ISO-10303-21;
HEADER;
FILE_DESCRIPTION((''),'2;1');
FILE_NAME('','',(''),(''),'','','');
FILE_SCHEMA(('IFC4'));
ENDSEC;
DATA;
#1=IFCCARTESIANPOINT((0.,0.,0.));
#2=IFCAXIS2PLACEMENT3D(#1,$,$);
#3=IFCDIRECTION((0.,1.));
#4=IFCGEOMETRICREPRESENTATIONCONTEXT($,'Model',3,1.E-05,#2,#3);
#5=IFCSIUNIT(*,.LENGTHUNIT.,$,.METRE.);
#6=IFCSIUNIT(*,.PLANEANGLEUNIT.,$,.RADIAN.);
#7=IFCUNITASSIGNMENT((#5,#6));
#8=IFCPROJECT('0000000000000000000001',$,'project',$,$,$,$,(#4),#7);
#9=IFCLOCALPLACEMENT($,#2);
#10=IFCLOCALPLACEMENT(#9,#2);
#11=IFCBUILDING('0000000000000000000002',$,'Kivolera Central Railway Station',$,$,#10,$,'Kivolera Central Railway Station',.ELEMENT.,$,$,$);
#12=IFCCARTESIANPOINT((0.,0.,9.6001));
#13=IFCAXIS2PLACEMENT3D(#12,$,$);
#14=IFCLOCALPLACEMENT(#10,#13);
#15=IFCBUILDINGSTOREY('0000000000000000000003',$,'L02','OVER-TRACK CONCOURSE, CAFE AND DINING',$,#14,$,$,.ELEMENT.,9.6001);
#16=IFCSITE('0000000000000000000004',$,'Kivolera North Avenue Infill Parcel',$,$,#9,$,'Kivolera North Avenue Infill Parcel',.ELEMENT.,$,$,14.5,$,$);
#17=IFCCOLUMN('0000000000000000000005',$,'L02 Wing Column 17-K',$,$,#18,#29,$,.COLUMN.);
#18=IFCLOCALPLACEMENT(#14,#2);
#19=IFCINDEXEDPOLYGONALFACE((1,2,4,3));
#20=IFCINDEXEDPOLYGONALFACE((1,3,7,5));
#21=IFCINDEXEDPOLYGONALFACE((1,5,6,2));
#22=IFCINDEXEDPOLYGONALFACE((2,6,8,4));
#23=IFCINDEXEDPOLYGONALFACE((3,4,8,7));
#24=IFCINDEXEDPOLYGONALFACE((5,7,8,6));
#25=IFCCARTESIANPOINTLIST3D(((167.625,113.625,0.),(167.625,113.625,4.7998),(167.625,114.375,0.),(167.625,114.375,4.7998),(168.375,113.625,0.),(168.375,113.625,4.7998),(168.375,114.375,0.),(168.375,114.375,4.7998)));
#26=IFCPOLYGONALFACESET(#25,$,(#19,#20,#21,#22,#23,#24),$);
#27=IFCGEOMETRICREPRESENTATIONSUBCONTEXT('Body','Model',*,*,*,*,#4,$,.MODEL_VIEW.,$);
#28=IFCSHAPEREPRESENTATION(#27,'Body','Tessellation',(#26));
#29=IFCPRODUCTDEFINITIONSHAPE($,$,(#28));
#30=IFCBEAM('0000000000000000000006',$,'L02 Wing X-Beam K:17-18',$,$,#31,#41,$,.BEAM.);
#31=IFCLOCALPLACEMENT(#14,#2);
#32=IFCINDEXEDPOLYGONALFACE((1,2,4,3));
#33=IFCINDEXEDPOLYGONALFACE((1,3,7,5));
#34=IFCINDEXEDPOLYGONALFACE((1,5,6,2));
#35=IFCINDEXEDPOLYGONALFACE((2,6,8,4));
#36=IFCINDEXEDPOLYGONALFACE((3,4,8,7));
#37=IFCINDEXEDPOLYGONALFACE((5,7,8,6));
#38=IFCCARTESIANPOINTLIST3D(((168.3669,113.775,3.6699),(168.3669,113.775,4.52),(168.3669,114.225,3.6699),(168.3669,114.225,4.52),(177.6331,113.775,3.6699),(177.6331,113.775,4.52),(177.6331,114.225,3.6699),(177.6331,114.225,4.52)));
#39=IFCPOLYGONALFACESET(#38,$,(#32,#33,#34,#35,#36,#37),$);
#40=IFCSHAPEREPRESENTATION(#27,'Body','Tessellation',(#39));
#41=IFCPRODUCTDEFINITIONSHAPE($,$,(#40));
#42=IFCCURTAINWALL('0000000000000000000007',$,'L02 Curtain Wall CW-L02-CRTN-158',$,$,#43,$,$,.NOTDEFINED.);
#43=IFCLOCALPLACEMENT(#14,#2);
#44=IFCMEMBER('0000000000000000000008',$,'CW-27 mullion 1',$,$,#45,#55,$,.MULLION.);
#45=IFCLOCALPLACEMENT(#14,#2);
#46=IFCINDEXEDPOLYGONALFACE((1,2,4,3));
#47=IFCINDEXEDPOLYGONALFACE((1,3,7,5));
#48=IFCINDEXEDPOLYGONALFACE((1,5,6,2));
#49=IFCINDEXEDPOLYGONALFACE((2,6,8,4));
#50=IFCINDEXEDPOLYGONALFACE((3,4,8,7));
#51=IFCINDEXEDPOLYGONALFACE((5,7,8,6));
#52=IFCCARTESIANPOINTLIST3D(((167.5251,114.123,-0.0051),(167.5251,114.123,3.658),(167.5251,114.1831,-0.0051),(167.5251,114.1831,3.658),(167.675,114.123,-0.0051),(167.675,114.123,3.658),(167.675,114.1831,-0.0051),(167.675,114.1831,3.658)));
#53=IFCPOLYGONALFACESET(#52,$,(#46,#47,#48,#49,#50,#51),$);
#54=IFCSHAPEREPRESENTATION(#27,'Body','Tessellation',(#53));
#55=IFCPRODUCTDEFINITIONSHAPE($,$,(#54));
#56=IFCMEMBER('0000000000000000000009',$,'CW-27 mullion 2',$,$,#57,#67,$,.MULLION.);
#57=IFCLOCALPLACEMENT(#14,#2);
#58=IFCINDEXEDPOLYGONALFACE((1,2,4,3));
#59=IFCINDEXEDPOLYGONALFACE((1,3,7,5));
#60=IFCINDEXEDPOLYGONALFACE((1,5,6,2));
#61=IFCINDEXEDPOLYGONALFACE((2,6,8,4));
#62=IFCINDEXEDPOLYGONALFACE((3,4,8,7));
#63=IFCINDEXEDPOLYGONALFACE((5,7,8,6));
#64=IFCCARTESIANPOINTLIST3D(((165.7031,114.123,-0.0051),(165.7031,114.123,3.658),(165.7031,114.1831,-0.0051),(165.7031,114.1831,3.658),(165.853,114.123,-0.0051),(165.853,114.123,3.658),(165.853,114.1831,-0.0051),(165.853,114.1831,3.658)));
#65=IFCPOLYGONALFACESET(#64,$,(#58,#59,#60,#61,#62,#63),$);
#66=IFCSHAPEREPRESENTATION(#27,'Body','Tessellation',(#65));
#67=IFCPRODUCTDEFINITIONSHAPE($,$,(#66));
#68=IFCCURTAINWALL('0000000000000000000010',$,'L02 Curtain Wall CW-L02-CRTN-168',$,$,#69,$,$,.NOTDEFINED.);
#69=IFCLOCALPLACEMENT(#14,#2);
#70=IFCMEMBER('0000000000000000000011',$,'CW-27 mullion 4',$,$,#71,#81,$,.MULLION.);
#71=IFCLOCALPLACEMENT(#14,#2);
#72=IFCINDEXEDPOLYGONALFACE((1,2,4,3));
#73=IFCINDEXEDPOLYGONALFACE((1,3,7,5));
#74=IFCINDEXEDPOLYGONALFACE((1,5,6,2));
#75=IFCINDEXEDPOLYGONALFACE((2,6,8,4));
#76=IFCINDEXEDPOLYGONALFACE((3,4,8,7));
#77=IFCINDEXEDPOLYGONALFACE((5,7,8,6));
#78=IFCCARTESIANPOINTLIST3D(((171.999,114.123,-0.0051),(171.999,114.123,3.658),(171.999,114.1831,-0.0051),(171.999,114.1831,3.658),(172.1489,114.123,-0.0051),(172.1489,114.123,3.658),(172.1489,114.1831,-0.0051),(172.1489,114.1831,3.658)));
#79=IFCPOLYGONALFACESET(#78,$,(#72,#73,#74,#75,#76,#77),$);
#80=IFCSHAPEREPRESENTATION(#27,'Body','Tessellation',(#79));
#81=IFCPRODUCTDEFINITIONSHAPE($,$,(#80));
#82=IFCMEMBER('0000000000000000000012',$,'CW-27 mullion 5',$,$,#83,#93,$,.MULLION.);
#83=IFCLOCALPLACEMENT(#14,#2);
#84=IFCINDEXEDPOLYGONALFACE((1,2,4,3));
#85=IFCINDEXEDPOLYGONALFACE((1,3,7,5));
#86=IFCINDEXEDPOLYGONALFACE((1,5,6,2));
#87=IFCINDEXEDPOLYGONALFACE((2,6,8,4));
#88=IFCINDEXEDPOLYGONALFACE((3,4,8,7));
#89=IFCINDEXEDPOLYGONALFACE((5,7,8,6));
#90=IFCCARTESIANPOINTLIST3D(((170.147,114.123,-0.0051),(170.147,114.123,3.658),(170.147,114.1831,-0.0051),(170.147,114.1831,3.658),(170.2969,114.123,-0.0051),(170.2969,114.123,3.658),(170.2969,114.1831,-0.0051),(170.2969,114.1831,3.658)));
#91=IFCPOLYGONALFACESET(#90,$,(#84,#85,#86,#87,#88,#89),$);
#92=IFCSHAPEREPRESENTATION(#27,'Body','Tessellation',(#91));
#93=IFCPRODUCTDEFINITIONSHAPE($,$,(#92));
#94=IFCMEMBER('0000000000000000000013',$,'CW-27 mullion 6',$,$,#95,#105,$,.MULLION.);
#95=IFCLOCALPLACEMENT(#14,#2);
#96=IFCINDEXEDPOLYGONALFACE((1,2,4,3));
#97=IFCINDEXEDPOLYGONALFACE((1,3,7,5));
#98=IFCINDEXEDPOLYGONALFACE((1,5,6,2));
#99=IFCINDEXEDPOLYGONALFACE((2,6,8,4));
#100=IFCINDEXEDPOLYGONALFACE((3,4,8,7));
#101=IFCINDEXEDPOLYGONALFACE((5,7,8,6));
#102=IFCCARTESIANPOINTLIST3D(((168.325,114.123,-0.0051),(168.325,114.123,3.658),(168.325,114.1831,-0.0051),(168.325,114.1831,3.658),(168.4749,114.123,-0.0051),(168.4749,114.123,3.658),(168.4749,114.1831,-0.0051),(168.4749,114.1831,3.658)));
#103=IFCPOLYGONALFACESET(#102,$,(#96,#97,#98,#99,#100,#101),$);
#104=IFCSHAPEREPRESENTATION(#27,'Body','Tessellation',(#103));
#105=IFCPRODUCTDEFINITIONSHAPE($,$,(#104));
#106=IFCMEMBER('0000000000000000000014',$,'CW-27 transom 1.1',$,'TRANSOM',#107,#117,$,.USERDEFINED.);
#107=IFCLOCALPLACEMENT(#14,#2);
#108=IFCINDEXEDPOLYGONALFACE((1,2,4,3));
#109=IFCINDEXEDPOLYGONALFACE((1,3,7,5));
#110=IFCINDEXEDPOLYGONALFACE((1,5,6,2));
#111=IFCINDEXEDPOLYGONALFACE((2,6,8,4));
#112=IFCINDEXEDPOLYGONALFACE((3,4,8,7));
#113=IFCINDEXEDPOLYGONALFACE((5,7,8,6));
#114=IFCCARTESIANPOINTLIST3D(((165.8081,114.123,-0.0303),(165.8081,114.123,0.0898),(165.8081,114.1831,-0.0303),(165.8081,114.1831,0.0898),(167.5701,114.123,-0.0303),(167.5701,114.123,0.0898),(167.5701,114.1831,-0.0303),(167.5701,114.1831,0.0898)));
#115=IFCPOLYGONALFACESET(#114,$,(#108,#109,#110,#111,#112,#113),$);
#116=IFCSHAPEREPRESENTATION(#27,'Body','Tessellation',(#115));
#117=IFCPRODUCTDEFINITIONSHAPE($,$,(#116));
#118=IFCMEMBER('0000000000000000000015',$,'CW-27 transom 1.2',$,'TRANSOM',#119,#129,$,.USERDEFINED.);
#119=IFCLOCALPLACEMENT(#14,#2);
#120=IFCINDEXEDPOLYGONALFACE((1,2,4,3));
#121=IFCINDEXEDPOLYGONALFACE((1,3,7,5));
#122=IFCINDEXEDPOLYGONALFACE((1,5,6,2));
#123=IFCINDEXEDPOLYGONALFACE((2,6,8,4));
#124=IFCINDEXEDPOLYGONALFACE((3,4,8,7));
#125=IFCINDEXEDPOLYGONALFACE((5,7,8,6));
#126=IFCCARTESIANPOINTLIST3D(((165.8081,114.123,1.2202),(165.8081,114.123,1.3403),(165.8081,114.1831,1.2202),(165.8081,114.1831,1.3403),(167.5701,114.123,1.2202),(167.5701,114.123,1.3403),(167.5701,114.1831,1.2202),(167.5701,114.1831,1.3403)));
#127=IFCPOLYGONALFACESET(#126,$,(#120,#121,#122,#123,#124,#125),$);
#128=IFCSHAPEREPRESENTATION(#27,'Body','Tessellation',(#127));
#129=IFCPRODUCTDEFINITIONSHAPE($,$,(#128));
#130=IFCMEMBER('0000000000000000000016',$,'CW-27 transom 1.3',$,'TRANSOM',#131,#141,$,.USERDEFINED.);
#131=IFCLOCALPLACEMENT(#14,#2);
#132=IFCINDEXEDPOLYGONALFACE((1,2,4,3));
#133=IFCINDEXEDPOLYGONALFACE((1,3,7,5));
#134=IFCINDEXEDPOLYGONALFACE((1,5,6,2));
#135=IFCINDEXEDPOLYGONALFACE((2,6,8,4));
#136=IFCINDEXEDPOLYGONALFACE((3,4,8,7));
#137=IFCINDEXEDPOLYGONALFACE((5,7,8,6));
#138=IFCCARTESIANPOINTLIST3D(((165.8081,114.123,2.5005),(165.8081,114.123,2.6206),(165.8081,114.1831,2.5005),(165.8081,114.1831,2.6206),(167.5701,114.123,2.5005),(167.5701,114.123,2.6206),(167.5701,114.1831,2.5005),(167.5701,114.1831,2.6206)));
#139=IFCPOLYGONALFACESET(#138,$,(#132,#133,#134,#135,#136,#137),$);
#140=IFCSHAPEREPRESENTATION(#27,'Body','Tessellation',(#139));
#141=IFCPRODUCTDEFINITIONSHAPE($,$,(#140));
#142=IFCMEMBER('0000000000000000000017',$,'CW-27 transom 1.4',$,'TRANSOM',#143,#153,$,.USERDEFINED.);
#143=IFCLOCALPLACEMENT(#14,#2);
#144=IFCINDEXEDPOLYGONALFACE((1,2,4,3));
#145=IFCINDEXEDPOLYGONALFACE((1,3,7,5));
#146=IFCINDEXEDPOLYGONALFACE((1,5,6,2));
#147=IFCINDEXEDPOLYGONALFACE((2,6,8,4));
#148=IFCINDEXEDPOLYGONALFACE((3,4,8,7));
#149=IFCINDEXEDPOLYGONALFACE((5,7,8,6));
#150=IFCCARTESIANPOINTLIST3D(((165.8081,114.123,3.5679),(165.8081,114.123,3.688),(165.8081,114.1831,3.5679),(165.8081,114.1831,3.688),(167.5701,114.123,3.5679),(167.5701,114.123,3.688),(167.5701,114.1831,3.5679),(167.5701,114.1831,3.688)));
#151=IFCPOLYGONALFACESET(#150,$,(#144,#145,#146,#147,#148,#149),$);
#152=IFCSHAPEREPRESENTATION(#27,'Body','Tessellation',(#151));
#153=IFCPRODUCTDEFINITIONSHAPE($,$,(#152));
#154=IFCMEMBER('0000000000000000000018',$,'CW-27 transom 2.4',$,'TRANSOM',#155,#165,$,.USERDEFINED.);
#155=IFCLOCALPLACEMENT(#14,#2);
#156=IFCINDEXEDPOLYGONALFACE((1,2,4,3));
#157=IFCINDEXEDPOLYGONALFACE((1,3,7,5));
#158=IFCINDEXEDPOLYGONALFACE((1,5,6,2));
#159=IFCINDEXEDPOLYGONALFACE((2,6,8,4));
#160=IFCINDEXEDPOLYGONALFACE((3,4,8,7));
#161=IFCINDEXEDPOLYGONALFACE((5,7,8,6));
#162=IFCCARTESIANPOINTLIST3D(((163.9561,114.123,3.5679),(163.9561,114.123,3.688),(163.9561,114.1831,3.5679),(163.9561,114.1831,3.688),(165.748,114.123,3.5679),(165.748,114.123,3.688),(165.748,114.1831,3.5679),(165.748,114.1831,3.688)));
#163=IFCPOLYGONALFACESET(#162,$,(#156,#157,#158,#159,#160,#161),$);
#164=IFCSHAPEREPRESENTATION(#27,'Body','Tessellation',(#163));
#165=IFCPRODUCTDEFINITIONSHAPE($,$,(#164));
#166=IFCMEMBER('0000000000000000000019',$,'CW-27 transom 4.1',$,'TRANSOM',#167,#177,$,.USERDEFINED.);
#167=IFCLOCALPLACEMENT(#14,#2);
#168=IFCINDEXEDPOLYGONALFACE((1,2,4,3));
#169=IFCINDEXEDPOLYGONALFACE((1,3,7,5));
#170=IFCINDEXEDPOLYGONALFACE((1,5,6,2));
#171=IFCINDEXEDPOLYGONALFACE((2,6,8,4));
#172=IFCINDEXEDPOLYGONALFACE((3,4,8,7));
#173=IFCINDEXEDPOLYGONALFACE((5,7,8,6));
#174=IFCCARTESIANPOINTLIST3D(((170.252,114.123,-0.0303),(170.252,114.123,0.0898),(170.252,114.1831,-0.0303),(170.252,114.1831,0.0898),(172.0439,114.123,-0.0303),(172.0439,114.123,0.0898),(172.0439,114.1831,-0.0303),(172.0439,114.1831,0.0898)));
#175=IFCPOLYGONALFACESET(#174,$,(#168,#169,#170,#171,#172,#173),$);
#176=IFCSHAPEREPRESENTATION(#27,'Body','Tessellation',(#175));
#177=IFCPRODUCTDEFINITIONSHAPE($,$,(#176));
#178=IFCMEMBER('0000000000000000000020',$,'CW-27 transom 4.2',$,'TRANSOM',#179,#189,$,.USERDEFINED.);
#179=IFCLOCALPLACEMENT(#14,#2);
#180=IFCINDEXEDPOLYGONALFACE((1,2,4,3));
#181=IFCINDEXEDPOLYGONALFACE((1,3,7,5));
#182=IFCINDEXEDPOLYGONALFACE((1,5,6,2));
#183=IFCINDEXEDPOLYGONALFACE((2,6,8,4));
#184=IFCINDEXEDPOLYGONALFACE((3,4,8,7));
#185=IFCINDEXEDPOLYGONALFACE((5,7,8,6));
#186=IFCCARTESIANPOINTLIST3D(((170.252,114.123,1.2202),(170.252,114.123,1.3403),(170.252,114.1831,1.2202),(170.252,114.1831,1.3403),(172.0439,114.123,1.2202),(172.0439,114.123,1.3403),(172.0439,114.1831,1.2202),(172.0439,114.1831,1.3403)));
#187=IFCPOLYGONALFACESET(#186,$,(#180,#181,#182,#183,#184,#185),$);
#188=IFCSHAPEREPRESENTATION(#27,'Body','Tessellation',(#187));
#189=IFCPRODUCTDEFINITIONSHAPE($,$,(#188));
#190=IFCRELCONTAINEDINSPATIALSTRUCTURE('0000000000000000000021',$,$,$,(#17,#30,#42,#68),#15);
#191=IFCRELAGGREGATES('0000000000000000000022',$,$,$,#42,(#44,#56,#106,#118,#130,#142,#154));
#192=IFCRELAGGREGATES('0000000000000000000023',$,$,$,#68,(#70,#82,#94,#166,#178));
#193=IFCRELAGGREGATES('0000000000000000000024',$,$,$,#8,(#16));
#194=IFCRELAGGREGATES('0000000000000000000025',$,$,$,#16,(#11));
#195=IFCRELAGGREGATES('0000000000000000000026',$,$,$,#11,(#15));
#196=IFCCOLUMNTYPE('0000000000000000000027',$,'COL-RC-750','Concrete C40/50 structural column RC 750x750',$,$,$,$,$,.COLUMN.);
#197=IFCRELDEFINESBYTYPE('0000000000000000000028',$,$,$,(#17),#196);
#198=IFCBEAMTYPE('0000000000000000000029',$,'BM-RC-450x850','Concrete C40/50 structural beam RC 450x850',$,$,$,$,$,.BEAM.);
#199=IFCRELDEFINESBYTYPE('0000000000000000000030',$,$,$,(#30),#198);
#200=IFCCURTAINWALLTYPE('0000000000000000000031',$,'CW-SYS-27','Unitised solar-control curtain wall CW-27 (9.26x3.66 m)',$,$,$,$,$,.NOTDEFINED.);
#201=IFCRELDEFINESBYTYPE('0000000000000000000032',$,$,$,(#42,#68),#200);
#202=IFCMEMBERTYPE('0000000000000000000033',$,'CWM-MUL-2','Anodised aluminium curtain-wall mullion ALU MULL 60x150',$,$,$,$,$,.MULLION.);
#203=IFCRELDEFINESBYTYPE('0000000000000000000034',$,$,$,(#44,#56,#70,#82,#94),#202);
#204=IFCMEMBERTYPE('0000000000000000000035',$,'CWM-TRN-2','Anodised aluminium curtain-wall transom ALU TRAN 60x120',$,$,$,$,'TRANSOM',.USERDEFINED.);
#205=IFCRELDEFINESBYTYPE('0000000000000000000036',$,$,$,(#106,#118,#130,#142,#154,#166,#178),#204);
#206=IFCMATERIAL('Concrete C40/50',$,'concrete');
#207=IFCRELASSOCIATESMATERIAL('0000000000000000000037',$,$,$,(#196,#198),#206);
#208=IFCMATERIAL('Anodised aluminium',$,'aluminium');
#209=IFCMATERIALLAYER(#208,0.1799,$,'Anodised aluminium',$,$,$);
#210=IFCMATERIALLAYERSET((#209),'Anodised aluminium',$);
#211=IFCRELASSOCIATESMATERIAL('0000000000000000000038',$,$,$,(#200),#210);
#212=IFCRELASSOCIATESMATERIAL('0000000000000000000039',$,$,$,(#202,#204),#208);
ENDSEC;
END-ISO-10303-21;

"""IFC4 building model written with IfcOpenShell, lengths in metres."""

from ifc_helpers import new_model, si_unit, direction, frame, origin, origin_2d, place, context, subcontext, project, spatial, rectangle, extrude, material, layer, layer_set, material_profile, profile_set, type_object, element, aggregate, save


model = new_model("IFC4")

# Units and contexts
model_context = context("Model", 3, precision=1e-05, world=origin(), true_north=direction((0.0, 1.0)))
body_context = subcontext(model_context, "Body", "Model", "MODEL_VIEW")
ifc_project = project(units=[si_unit("LENGTHUNIT", "METRE"), si_unit("PLANEANGLEUNIT", "RADIAN")], contexts=[model_context])

# Site, building, storey
site_placement = place(None, origin())
site = spatial("IfcSite", under=ifc_project, at=site_placement, Name="Kivolera North Avenue Infill Parcel", LongName="Kivolera North Avenue Infill Parcel", CompositionType="ELEMENT", RefElevation=14.5)
building_placement = place(site_placement, origin())
building = spatial("IfcBuilding", under=site, at=building_placement, Name="Kivolera Central Railway Station", LongName="Kivolera Central Railway Station", CompositionType="ELEMENT")
storey_placement = place(building_placement, frame((0.0, 0.0, 9.6001)))
storey = spatial("IfcBuildingStorey", under=building, at=storey_placement, Name="L02", Description="OVER-TRACK CONCOURSE, CAFE AND DINING", CompositionType="ELEMENT", Elevation=9.6001)

# Column
ifc_material_1 = material(Name="Concrete C40/50", Category="concrete")
ifc_material_profile_1 = material_profile(ifc_material_1, rectangle(XDim=0.75, YDim=0.75, at=origin_2d()), Name="RC 750x750")
ifc_profile_set_1 = profile_set([ifc_material_profile_1], Name="Concrete C40/50")
column_type = type_object("IfcColumnType", Name="COL-RC-750", Description="Concrete C40/50 structural column RC 750x750", PredefinedType="COLUMN", material=ifc_profile_set_1)
column_placement = place(storey_placement, frame((168.0, 114.0, 0.0), z_axis=(0.0, 0.0, 1.0), x_axis=(1.0, 0.0, 0.0)))
element("IfcColumn", 1, at=column_placement, inside=storey, type_object=column_type, Name="L02 Wing Column 17-K", PredefinedType="COLUMN", context=body_context, shape_type="SweptSolid", body=[
    extrude(rectangle(XDim=0.75, YDim=0.75, at=origin_2d()), origin(), (0.0, 0.0, 1.0), 4.7998),
])

# Beam
ifc_material_profile_2 = material_profile(ifc_material_1, rectangle(XDim=0.45, YDim=0.8501, at=origin_2d()), Name="RC 450x850")
ifc_profile_set_2 = profile_set([ifc_material_profile_2], Name="Concrete C40/50")
beam_type = type_object("IfcBeamType", Name="BM-RC-450x850", Description="Concrete C40/50 structural beam RC 450x850", PredefinedType="BEAM", material=ifc_profile_set_2)
beam_placement = place(storey_placement, frame((168.3669, 114.0, 4.095), z_axis=(1.0, 0.0, 0.0), x_axis=(0.0, 1.0, 0.0)))
element("IfcBeam", 2, at=beam_placement, inside=storey, type_object=beam_type, Name="L02 Wing X-Beam K:17-18", PredefinedType="BEAM", context=body_context, shape_type="SweptSolid", body=[
    extrude(rectangle(XDim=0.45, YDim=0.8501, at=origin_2d()), origin(), (0.0, 0.0, 1.0), 9.2661),
])

# Curtain walls, members
ifc_material_2 = material(Name="Anodised aluminium", Category="aluminium")
ifc_layer_1 = layer(ifc_material_2, 0.1799, Name="Anodised aluminium")
ifc_layer_set_1 = layer_set([ifc_layer_1], Name="Anodised aluminium")
curtain_wall_type = type_object("IfcCurtainWallType", Name="CW-SYS-27", Description="Unitised solar-control curtain wall CW-27 (9.26x3.66 m)", PredefinedType="NOTDEFINED", material=ifc_layer_set_1)
curtain_wall_1_placement = place(storey_placement, origin())
curtain_wall_1 = element("IfcCurtainWall", 3, at=curtain_wall_1_placement, inside=storey, type_object=curtain_wall_type, Name="L02 Curtain Wall CW-L02-CRTN-158", PredefinedType="NOTDEFINED")
ifc_material_profile_3 = material_profile(ifc_material_2, rectangle(XDim=0.0601, YDim=0.1499, at=origin_2d()), Name="ALU MULL 60x150")
ifc_profile_set_3 = profile_set([ifc_material_profile_3], Name="Anodised aluminium")
member_type_1 = type_object("IfcMemberType", Name="CWM-MUL-2", Description="Anodised aluminium curtain-wall mullion ALU MULL 60x150", PredefinedType="MULLION", material=ifc_profile_set_3)
member_1_placement = place(storey_placement, frame((167.6001, 114.1531, -0.0051), z_axis=(0.0, 0.0, 1.0), x_axis=(0.0, -1.0, 0.0)))
member_1 = element("IfcMember", 4, at=member_1_placement, type_object=member_type_1, Name="CW-27 mullion 1", PredefinedType="MULLION", context=body_context, shape_type="SweptSolid", body=[
    extrude(rectangle(XDim=0.0601, YDim=0.1499, at=origin_2d()), origin(), (0.0, 0.0, 1.0), 3.6631),
])
member_2_placement = place(storey_placement, frame((165.7781, 114.1531, -0.0051), z_axis=(0.0, 0.0, 1.0), x_axis=(0.0, -1.0, 0.0)))
member_2 = element("IfcMember", 5, at=member_2_placement, type_object=member_type_1, Name="CW-27 mullion 2", PredefinedType="MULLION", context=body_context, shape_type="SweptSolid", body=[
    extrude(rectangle(XDim=0.0601, YDim=0.1499, at=origin_2d()), origin(), (0.0, 0.0, 1.0), 3.6631),
])
curtain_wall_2_placement = place(storey_placement, origin())
curtain_wall_2 = element("IfcCurtainWall", 6, at=curtain_wall_2_placement, inside=storey, type_object=curtain_wall_type, Name="L02 Curtain Wall CW-L02-CRTN-168", PredefinedType="NOTDEFINED")
member_3_placement = place(storey_placement, frame((172.074, 114.1531, -0.0051), z_axis=(0.0, 0.0, 1.0), x_axis=(0.0, -1.0, 0.0)))
member_3 = element("IfcMember", 7, at=member_3_placement, type_object=member_type_1, Name="CW-27 mullion 4", PredefinedType="MULLION", context=body_context, shape_type="SweptSolid", body=[
    extrude(rectangle(XDim=0.0601, YDim=0.1499, at=origin_2d()), origin(), (0.0, 0.0, 1.0), 3.6631),
])
member_4_placement = place(storey_placement, frame((170.2219, 114.1531, -0.0051), z_axis=(0.0, 0.0, 1.0), x_axis=(0.0, -1.0, 0.0)))
member_4 = element("IfcMember", 8, at=member_4_placement, type_object=member_type_1, Name="CW-27 mullion 5", PredefinedType="MULLION", context=body_context, shape_type="SweptSolid", body=[
    extrude(rectangle(XDim=0.0601, YDim=0.1499, at=origin_2d()), origin(), (0.0, 0.0, 1.0), 3.6631),
])
member_5_placement = place(storey_placement, frame((168.3999, 114.1531, -0.0051), z_axis=(0.0, 0.0, 1.0), x_axis=(0.0, -1.0, 0.0)))
member_5 = element("IfcMember", 9, at=member_5_placement, type_object=member_type_1, Name="CW-27 mullion 6", PredefinedType="MULLION", context=body_context, shape_type="SweptSolid", body=[
    extrude(rectangle(XDim=0.0601, YDim=0.1499, at=origin_2d()), origin(), (0.0, 0.0, 1.0), 3.6631),
])

# Members
ifc_material_profile_4 = material_profile(ifc_material_2, rectangle(XDim=0.0601, YDim=0.1201, at=origin_2d()), Name="ALU TRAN 60x120")
ifc_profile_set_4 = profile_set([ifc_material_profile_4], Name="Anodised aluminium")
member_type_2 = type_object("IfcMemberType", Name="CWM-TRN-2", Description="Anodised aluminium curtain-wall transom ALU TRAN 60x120", ElementType="TRANSOM", PredefinedType="USERDEFINED", material=ifc_profile_set_4)
member_6_placement = place(storey_placement, frame((167.5701, 114.1531, 0.0298), z_axis=(-1.0, 0.0, 0.0), x_axis=(0.0, -1.0, 0.0)))
member_6 = element("IfcMember", 10, at=member_6_placement, type_object=member_type_2, Name="CW-27 transom 1.1", ObjectType="TRANSOM", PredefinedType="USERDEFINED", context=body_context, shape_type="SweptSolid", body=[
    extrude(rectangle(XDim=0.0601, YDim=0.1201, at=origin_2d()), origin(), (0.0, 0.0, 1.0), 1.762),
])
member_7_placement = place(storey_placement, frame((167.5701, 114.1531, 1.2803), z_axis=(-1.0, 0.0, 0.0), x_axis=(0.0, -1.0, 0.0)))
member_7 = element("IfcMember", 11, at=member_7_placement, type_object=member_type_2, Name="CW-27 transom 1.2", ObjectType="TRANSOM", PredefinedType="USERDEFINED", context=body_context, shape_type="SweptSolid", body=[
    extrude(rectangle(XDim=0.0601, YDim=0.1201, at=origin_2d()), origin(), (0.0, 0.0, 1.0), 1.762),
])
member_8_placement = place(storey_placement, frame((167.5701, 114.1531, 2.5605), z_axis=(-1.0, 0.0, 0.0), x_axis=(0.0, -1.0, 0.0)))
member_8 = element("IfcMember", 12, at=member_8_placement, type_object=member_type_2, Name="CW-27 transom 1.3", ObjectType="TRANSOM", PredefinedType="USERDEFINED", context=body_context, shape_type="SweptSolid", body=[
    extrude(rectangle(XDim=0.0601, YDim=0.1201, at=origin_2d()), origin(), (0.0, 0.0, 1.0), 1.762),
])
member_9_placement = place(storey_placement, frame((167.5701, 114.1531, 3.6279), z_axis=(-1.0, 0.0, 0.0), x_axis=(0.0, -1.0, 0.0)))
member_9 = element("IfcMember", 13, at=member_9_placement, type_object=member_type_2, Name="CW-27 transom 1.4", ObjectType="TRANSOM", PredefinedType="USERDEFINED", context=body_context, shape_type="SweptSolid", body=[
    extrude(rectangle(XDim=0.0601, YDim=0.1201, at=origin_2d()), origin(), (0.0, 0.0, 1.0), 1.762),
])
member_10_placement = place(storey_placement, frame((165.748, 114.1531, 3.6279), z_axis=(-1.0, 0.0, 0.0), x_axis=(0.0, -1.0, 0.0)))
member_10 = element("IfcMember", 14, at=member_10_placement, type_object=member_type_2, Name="CW-27 transom 2.4", ObjectType="TRANSOM", PredefinedType="USERDEFINED", context=body_context, shape_type="SweptSolid", body=[
    extrude(rectangle(XDim=0.0601, YDim=0.1201, at=origin_2d()), origin(), (0.0, 0.0, 1.0), 1.792),
])
member_11_placement = place(storey_placement, frame((172.0439, 114.1531, 0.0298), z_axis=(-1.0, 0.0, 0.0), x_axis=(0.0, -1.0, 0.0)))
member_11 = element("IfcMember", 15, at=member_11_placement, type_object=member_type_2, Name="CW-27 transom 4.1", ObjectType="TRANSOM", PredefinedType="USERDEFINED", context=body_context, shape_type="SweptSolid", body=[
    extrude(rectangle(XDim=0.0601, YDim=0.1201, at=origin_2d()), origin(), (0.0, 0.0, 1.0), 1.792),
])
member_12_placement = place(storey_placement, frame((172.0439, 114.1531, 1.2803), z_axis=(-1.0, 0.0, 0.0), x_axis=(0.0, -1.0, 0.0)))
member_12 = element("IfcMember", 16, at=member_12_placement, type_object=member_type_2, Name="CW-27 transom 4.2", ObjectType="TRANSOM", PredefinedType="USERDEFINED", context=body_context, shape_type="SweptSolid", body=[
    extrude(rectangle(XDim=0.0601, YDim=0.1201, at=origin_2d()), origin(), (0.0, 0.0, 1.0), 1.792),
])

aggregate(curtain_wall_1, [member_1, member_2, member_6, member_7, member_8, member_9, member_10])
aggregate(curtain_wall_2, [member_3, member_4, member_5, member_11, member_12])

save(model, "model.ifc")
